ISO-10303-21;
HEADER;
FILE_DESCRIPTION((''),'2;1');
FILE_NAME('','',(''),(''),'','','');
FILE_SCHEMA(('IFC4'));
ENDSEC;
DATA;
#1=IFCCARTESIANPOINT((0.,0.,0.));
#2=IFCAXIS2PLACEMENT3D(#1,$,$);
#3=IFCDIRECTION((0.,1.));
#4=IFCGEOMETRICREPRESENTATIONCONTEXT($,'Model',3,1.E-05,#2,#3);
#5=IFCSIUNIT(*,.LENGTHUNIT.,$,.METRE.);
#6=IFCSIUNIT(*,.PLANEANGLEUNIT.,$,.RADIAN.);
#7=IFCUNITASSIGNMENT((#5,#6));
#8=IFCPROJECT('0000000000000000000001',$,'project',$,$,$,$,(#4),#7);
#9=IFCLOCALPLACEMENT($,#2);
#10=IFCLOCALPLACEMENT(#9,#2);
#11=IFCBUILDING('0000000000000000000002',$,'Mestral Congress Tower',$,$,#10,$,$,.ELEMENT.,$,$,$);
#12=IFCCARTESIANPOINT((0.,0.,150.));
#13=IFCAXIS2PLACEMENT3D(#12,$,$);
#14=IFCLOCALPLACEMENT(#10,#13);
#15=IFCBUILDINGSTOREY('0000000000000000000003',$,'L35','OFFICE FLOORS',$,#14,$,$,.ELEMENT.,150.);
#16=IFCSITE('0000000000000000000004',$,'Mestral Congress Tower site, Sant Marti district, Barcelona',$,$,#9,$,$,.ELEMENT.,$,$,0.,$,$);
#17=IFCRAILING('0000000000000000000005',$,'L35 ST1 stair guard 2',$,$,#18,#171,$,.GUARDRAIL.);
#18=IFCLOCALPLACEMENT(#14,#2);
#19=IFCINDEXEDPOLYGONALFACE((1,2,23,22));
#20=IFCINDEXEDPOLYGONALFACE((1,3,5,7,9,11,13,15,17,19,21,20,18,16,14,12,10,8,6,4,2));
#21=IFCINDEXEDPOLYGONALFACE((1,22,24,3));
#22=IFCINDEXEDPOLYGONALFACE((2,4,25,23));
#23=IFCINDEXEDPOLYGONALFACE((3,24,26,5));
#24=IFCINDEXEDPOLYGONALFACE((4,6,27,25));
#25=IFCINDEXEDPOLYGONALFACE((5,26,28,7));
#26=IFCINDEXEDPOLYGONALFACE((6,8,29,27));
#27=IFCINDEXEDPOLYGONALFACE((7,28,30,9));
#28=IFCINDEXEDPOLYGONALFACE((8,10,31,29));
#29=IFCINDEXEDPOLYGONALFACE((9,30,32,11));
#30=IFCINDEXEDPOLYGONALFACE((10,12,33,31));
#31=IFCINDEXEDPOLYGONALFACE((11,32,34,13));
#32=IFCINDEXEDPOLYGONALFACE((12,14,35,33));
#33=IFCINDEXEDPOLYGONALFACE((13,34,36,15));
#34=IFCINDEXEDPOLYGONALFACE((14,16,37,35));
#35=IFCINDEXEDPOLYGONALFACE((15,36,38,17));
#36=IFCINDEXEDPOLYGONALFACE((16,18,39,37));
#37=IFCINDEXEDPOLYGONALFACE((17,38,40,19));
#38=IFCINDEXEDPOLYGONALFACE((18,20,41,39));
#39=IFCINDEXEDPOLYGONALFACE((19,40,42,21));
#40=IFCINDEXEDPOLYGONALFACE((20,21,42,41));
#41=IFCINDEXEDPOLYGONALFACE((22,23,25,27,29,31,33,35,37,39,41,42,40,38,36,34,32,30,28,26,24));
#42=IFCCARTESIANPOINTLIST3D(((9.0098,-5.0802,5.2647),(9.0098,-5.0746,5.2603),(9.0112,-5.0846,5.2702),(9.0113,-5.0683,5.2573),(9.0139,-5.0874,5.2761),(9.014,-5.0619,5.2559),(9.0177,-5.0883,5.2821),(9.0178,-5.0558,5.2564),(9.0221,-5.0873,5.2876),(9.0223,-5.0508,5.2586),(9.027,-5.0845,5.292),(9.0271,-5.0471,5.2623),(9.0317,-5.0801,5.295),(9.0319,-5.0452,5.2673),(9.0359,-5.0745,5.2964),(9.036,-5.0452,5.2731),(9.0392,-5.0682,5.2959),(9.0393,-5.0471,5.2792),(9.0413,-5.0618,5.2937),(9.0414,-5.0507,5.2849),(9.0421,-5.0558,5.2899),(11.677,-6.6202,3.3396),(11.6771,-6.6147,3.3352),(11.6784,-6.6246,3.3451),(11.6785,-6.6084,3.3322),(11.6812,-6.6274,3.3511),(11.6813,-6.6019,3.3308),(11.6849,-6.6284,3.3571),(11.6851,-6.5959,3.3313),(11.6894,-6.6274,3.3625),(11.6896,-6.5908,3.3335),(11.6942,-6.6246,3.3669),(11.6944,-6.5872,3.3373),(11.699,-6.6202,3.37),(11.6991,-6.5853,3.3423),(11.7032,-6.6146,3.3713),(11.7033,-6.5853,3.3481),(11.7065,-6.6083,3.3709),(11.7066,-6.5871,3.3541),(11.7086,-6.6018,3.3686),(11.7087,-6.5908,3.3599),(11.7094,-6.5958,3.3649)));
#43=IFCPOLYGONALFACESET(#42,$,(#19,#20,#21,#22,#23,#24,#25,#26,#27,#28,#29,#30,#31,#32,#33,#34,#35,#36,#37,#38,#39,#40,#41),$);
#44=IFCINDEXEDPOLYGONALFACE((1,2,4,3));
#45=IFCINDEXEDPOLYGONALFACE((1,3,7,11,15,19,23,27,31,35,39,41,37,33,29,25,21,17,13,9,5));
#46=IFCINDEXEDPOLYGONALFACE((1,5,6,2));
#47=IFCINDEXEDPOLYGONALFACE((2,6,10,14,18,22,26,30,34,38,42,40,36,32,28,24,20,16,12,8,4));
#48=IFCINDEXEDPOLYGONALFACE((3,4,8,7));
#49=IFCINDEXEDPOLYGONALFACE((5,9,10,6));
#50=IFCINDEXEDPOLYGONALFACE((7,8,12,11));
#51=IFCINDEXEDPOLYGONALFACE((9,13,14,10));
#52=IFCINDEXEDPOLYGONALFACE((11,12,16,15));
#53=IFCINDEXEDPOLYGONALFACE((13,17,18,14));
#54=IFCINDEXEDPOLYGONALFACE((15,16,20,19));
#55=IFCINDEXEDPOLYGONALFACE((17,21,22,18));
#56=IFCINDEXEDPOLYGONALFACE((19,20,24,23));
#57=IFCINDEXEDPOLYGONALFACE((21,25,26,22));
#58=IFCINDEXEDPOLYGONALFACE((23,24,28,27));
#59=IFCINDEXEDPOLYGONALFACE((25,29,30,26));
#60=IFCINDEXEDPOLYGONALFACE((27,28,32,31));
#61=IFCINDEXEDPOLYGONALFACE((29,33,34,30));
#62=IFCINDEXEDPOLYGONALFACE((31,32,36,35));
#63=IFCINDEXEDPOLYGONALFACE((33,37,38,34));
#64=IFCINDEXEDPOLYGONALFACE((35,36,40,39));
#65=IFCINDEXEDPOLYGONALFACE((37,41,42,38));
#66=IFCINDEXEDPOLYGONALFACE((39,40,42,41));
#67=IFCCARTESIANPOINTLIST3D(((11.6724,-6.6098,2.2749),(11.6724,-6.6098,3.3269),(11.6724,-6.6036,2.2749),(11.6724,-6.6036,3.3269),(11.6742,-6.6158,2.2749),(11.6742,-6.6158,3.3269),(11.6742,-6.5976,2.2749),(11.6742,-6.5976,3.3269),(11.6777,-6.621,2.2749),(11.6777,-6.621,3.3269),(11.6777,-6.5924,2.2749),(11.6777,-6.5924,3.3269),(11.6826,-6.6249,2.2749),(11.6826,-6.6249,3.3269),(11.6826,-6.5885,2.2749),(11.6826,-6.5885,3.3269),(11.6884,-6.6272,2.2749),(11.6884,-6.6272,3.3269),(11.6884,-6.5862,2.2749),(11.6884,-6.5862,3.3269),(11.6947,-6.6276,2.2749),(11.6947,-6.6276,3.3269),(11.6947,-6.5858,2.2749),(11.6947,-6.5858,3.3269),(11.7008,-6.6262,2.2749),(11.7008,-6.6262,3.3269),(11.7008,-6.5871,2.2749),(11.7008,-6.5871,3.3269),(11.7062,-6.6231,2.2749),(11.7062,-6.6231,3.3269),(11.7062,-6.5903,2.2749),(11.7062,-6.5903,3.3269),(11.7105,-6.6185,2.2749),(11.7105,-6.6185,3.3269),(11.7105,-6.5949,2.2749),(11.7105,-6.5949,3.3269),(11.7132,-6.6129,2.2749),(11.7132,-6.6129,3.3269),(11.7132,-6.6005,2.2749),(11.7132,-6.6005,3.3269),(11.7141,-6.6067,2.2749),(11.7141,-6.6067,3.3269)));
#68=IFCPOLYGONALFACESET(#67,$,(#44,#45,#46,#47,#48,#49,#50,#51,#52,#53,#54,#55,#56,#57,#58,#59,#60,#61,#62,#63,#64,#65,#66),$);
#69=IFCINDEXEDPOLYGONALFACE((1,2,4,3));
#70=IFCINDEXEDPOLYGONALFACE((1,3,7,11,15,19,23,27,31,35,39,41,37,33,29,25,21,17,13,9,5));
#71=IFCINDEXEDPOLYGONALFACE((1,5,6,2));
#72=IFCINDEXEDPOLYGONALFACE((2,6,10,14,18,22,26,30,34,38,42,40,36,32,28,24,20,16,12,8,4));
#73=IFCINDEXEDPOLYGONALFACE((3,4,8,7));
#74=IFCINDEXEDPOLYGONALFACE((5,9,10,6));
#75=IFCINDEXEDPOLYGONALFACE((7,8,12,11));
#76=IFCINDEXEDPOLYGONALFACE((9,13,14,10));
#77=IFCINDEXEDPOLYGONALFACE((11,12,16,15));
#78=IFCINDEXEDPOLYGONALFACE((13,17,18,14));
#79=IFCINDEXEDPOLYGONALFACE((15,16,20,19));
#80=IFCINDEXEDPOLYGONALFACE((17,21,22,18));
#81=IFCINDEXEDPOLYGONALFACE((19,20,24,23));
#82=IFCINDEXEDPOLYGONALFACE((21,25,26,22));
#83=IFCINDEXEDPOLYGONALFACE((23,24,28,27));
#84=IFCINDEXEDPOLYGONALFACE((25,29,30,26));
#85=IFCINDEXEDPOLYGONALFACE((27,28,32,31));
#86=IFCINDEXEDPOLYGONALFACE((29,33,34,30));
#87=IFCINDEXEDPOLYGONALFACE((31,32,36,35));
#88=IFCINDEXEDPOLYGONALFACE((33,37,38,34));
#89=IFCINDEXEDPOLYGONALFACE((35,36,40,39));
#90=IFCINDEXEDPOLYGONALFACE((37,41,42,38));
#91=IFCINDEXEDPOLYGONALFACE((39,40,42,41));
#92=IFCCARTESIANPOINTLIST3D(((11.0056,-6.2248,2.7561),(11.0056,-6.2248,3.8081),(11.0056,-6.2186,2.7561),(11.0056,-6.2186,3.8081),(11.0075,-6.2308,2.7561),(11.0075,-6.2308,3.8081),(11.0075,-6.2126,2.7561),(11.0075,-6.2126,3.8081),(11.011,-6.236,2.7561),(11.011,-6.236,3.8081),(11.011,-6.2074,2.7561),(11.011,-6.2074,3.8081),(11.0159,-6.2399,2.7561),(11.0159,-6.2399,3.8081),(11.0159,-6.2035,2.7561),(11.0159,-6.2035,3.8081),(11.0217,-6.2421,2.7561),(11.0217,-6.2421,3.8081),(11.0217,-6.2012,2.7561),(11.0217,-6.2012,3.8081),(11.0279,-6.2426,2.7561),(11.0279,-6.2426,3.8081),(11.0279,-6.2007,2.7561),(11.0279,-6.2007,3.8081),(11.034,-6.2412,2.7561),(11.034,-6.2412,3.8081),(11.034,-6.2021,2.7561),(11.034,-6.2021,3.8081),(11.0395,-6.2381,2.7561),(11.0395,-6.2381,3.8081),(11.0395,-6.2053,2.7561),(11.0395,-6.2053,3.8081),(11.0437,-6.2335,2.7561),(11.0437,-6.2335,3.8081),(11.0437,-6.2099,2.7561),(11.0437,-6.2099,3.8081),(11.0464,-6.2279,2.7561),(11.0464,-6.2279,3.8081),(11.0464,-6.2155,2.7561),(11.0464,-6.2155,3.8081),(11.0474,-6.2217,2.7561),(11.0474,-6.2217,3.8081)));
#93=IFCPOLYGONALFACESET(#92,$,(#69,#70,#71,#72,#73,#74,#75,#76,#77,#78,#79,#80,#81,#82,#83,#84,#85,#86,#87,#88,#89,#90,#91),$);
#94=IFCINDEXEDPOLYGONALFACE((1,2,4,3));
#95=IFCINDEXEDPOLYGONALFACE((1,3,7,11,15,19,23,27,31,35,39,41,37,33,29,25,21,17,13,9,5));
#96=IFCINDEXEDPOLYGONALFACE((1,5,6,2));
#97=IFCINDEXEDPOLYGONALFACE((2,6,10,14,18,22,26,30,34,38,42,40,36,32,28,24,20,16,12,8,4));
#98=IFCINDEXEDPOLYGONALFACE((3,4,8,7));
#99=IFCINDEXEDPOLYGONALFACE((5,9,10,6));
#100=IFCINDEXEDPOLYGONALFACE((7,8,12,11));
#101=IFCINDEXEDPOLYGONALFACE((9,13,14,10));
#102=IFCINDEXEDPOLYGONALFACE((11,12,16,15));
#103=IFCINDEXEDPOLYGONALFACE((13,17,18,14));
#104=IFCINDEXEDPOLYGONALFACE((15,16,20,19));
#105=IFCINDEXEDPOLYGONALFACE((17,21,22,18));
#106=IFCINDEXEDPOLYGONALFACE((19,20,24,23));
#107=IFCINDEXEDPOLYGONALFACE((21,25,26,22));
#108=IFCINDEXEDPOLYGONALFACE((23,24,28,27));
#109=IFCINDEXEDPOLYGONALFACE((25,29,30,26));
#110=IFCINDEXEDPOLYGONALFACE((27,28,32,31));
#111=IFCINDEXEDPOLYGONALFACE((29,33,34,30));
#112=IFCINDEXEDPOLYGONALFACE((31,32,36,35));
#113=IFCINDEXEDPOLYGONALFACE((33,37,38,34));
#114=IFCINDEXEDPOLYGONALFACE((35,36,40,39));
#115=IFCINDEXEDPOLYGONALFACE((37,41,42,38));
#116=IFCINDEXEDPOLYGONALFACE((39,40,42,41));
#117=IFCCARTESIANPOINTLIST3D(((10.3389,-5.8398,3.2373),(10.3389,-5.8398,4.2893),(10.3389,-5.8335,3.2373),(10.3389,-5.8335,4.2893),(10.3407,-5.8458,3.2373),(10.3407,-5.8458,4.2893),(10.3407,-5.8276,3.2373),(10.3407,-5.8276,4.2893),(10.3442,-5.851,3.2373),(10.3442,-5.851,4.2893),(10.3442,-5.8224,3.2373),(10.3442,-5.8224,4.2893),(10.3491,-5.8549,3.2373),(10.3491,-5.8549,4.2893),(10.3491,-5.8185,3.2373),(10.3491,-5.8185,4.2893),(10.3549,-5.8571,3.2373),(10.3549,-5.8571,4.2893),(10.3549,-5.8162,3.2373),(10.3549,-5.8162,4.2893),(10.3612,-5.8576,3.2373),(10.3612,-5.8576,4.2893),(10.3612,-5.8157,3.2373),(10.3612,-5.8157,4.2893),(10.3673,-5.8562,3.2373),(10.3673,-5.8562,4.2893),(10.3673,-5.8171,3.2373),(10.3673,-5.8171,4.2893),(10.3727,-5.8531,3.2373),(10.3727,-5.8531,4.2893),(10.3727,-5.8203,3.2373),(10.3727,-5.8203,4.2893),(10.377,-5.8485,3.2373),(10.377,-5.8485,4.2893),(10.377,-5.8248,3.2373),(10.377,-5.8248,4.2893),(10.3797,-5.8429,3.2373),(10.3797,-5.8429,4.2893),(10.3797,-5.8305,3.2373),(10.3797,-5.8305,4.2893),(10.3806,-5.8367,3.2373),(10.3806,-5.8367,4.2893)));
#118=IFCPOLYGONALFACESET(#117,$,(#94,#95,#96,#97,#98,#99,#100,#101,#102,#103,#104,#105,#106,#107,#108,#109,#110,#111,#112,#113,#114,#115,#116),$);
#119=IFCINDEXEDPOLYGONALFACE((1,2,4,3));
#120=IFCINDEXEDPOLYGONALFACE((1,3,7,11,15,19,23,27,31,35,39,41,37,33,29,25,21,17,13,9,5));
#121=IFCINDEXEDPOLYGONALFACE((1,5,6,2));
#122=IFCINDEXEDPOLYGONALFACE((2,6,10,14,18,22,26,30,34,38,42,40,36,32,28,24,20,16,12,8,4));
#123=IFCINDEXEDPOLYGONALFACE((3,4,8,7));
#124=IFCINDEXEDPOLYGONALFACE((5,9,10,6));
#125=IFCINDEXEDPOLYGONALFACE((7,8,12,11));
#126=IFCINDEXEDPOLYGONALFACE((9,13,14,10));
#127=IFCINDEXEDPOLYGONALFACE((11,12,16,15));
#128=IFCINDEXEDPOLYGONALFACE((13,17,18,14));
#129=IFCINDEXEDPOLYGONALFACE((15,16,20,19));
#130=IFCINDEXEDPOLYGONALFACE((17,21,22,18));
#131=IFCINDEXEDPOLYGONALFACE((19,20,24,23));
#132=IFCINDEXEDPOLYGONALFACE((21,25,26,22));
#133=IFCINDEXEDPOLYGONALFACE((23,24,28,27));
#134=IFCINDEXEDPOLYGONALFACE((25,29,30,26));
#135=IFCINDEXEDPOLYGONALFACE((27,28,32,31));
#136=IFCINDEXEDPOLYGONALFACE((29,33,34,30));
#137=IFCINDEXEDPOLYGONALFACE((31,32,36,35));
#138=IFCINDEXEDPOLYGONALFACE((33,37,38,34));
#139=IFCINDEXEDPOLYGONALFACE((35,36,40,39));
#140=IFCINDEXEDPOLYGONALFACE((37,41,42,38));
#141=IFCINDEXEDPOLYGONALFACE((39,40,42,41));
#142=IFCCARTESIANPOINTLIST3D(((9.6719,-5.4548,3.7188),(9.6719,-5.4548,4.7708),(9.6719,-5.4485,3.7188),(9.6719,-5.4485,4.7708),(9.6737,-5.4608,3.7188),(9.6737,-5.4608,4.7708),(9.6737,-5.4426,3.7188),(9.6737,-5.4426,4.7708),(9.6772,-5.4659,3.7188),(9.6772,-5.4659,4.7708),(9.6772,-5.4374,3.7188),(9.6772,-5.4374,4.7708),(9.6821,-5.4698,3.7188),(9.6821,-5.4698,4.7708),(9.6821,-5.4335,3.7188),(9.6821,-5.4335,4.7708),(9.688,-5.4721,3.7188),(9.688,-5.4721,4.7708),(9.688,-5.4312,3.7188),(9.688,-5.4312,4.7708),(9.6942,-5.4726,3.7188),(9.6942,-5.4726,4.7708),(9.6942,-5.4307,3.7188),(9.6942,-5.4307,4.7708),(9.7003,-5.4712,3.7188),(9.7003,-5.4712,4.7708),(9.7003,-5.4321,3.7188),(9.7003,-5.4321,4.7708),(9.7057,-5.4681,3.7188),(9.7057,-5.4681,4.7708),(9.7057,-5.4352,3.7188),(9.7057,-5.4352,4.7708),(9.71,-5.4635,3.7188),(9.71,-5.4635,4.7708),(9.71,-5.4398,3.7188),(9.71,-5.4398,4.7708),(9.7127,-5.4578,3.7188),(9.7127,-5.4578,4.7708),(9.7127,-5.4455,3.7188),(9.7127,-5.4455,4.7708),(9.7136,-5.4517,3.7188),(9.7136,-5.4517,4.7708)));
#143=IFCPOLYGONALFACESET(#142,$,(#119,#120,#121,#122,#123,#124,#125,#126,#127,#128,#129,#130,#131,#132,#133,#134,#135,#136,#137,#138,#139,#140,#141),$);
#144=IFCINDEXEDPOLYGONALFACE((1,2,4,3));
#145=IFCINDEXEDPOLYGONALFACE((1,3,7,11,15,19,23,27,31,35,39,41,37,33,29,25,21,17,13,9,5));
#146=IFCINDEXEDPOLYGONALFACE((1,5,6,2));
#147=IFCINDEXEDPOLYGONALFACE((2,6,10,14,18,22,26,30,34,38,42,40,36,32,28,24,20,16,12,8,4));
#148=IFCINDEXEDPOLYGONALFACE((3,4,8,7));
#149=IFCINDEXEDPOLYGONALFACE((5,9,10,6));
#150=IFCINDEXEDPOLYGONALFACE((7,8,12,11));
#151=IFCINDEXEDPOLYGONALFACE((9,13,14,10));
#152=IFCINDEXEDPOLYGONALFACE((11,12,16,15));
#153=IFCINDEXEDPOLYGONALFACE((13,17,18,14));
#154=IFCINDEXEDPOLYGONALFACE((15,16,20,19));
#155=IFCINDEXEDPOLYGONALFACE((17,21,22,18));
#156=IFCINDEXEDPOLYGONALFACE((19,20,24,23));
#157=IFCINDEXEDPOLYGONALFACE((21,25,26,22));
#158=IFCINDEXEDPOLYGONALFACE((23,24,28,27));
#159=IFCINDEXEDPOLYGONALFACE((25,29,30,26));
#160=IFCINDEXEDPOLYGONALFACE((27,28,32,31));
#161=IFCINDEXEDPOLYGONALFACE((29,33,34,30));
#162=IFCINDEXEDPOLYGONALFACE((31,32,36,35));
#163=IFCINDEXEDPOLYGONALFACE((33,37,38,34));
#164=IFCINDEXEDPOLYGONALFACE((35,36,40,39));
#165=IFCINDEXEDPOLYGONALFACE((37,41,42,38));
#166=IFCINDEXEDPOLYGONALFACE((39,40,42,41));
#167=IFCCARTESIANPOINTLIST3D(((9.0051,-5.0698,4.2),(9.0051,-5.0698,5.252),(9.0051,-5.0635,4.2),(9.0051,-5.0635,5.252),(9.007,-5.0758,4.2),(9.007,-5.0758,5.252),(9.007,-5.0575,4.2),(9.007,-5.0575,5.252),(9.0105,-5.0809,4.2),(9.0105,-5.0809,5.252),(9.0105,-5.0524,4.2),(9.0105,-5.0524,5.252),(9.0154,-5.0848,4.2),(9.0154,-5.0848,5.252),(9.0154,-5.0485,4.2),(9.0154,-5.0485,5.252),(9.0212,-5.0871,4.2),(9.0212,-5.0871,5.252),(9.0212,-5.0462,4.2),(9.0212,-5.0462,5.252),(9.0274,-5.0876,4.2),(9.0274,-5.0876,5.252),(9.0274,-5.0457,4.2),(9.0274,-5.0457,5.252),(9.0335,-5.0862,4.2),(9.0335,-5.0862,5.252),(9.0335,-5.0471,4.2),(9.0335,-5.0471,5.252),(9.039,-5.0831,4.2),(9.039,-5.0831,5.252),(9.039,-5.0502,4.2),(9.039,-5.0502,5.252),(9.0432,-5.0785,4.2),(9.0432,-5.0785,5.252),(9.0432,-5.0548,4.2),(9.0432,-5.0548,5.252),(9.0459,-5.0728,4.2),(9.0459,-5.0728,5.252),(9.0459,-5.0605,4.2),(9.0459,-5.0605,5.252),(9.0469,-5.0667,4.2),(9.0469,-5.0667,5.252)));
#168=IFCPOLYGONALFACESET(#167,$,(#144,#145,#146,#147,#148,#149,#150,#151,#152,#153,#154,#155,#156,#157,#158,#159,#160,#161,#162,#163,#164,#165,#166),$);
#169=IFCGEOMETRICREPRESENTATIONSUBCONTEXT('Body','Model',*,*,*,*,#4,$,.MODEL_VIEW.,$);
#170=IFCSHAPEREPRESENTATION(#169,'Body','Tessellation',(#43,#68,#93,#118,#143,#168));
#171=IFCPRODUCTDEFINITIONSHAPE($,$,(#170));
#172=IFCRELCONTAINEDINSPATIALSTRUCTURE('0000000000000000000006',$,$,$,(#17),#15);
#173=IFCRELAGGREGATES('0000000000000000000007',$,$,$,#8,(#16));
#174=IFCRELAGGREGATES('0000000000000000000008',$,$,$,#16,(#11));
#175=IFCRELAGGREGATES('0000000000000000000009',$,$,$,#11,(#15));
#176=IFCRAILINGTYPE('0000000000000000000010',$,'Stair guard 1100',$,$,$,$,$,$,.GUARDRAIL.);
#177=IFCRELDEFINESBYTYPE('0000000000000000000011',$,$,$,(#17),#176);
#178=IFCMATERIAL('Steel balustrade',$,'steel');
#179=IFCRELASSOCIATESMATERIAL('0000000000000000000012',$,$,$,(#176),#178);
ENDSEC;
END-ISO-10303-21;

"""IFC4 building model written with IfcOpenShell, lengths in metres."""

from ifc_helpers import new_model, si_unit, direction, frame, origin, origin_2d, place, context, subcontext, project, spatial, circle, extrude, material, type_object, element, save


model = new_model("IFC4")

# Units and contexts
model_context = context("Model", 3, precision=1e-05, world=origin(), true_north=direction((0.0, 1.0)))
body_context = subcontext(model_context, "Body", "Model", "MODEL_VIEW")
ifc_project = project(units=[si_unit("LENGTHUNIT", "METRE"), si_unit("PLANEANGLEUNIT", "RADIAN")], contexts=[model_context])

# Site, building, storey
site_placement = place(None, origin())
site = spatial("IfcSite", under=ifc_project, at=site_placement, Name="Mestral Congress Tower site, Sant Marti district, Barcelona", CompositionType="ELEMENT", RefElevation=0.0)
building_placement = place(site_placement, origin())
building = spatial("IfcBuilding", under=site, at=building_placement, Name="Mestral Congress Tower", CompositionType="ELEMENT")
storey_placement = place(building_placement, frame((0.0, 0.0, 150.0)))
storey = spatial("IfcBuildingStorey", under=building, at=storey_placement, Name="L35", Description="OFFICE FLOORS", CompositionType="ELEMENT", Elevation=150.0)

# Railing
ifc_material_1 = material(Name="Steel balustrade", Category="steel")
railing_type_1 = type_object("IfcRailingType", Name="Stair guard 1100", PredefinedType="GUARDRAIL", material=ifc_material_1)
railing_1_placement = place(storey_placement, frame((11.6931, -6.6067, 2.2749)))
element("IfcRailing", 1, at=railing_1_placement, inside=storey, type_object=railing_type_1, Name="L35 ST1 stair guard 2", PredefinedType="GUARDRAIL", context=body_context, shape_type="SweptSolid", body=[
    extrude(circle(Radius=0.0239, at=origin_2d()), frame((0.0, 0.0, 1.0762), z_axis=(-0.734364, 0.424015, 0.530019), x_axis=(-0.500027, -0.86601, 0.0)), (0.0, 0.0, 1.0), 3.6321),
    extrude(circle(Radius=0.021, at=origin_2d()), origin(), (0.0, 0.0, 1.0), 1.052),
    extrude(circle(Radius=0.021, at=origin_2d()), frame((-0.6667, 0.385, 0.4812)), (0.0, 0.0, 1.0), 1.052),
    extrude(circle(Radius=0.021, at=origin_2d()), frame((-1.3335, 0.77, 0.9624)), (0.0, 0.0, 1.0), 1.052),
    extrude(circle(Radius=0.021, at=origin_2d()), frame((-2.0005, 1.155, 1.4438)), (0.0, 0.0, 1.0), 1.052),
    extrude(circle(Radius=0.021, at=origin_2d()), frame((-2.6672, 1.54, 1.925)), (0.0, 0.0, 1.0), 1.052),
])

save(model, "model.ifc")
